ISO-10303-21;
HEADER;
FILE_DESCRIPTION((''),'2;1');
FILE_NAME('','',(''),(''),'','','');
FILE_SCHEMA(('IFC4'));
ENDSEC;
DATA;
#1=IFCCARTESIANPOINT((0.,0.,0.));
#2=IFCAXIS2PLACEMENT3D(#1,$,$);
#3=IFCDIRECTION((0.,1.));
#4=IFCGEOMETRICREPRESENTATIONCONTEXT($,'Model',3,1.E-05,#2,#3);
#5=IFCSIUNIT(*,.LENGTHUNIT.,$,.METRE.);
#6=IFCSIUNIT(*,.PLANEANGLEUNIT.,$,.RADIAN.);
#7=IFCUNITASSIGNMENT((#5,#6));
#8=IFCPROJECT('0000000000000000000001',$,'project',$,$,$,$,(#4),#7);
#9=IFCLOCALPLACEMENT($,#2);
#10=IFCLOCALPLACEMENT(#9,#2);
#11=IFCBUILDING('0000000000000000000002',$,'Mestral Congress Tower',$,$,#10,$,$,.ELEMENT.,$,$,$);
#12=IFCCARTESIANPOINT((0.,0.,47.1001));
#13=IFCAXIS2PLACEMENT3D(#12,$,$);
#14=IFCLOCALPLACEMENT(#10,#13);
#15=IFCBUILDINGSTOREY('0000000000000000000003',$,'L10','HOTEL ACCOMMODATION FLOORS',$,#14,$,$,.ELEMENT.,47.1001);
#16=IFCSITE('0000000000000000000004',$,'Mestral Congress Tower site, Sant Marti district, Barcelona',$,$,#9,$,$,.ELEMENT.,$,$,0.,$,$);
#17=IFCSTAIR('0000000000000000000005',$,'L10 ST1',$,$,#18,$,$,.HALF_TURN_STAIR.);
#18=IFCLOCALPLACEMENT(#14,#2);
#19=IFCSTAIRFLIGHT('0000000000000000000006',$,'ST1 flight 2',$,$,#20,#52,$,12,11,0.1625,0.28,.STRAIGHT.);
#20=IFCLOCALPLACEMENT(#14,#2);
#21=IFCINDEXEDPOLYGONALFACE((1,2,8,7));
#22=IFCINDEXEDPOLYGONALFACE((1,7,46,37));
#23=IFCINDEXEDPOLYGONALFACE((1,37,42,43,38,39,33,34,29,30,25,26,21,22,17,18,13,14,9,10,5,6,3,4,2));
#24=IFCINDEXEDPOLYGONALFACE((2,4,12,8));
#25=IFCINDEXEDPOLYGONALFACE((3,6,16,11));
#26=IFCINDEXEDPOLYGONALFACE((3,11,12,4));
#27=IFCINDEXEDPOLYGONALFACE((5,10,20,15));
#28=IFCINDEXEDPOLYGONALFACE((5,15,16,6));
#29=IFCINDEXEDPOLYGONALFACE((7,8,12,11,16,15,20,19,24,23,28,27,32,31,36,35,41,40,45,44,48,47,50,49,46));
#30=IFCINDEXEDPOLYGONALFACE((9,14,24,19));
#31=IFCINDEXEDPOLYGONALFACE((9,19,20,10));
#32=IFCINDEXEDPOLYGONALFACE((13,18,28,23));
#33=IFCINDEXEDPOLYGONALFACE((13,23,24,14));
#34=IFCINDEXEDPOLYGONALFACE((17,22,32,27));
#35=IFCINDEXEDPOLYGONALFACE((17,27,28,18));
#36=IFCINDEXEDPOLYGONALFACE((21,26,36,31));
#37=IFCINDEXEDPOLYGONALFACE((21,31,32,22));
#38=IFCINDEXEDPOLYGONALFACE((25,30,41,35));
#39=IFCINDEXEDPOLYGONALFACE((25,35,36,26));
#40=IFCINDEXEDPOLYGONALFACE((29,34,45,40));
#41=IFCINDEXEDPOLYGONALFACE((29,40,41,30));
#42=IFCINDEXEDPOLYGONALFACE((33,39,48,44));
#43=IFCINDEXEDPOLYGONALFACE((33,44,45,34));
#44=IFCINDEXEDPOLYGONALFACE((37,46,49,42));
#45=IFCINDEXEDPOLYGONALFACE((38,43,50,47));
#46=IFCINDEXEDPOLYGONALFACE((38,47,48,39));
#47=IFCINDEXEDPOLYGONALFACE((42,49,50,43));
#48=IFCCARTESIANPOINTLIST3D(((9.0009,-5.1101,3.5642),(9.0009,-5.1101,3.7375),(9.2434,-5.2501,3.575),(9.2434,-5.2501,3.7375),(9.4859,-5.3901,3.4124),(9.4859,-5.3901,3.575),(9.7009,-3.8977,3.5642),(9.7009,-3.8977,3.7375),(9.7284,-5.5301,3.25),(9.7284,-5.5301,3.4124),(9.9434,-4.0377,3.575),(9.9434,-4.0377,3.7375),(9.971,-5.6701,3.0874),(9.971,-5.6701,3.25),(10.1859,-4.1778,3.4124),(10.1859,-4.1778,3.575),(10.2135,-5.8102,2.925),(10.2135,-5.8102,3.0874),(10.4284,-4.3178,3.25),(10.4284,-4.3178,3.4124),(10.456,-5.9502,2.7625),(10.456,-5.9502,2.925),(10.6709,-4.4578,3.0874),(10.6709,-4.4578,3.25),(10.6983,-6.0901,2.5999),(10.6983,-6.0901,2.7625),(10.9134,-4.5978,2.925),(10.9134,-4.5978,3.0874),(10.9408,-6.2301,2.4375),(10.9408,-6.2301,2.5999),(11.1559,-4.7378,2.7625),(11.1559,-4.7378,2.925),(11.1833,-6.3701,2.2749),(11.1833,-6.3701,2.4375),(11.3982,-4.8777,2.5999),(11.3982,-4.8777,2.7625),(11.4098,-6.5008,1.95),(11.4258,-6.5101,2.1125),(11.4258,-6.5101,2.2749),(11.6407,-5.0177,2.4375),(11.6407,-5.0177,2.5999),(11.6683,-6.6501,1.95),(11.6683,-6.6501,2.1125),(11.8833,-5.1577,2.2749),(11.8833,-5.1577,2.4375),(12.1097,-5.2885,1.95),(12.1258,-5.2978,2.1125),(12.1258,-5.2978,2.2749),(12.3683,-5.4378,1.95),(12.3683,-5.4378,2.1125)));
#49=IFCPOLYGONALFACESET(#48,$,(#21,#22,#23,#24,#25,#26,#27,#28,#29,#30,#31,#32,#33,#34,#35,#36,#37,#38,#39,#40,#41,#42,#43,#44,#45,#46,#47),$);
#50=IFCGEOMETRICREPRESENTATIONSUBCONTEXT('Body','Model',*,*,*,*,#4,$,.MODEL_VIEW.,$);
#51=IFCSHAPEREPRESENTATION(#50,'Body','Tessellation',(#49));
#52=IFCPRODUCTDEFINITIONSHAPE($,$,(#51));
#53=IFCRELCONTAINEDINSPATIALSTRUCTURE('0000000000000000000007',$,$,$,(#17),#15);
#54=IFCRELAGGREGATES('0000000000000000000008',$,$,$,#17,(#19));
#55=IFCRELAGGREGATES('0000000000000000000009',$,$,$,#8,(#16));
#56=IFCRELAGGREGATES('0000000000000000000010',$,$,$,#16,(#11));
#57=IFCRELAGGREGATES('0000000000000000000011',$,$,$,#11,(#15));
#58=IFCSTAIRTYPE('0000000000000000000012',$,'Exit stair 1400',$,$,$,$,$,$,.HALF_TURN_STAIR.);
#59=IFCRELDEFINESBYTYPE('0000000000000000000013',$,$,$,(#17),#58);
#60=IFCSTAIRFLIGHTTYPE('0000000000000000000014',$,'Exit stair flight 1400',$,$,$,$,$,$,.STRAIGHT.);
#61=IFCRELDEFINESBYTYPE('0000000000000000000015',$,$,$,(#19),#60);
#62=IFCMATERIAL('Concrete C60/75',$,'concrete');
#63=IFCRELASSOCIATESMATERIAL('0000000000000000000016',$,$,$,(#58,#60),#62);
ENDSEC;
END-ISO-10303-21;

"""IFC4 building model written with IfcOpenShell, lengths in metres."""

from ifc_helpers import new_model, si_unit, direction, frame, origin, place, context, subcontext, project, spatial, polyline, outline, extrude, material, type_object, element, aggregate, save


model = new_model("IFC4")

# Units and contexts
model_context = context("Model", 3, precision=1e-05, world=origin(), true_north=direction((0.0, 1.0)))
body_context = subcontext(model_context, "Body", "Model", "MODEL_VIEW")
ifc_project = project(units=[si_unit("LENGTHUNIT", "METRE"), si_unit("PLANEANGLEUNIT", "RADIAN")], contexts=[model_context])

# Site, building, storey
site_placement = place(None, origin())
site = spatial("IfcSite", under=ifc_project, at=site_placement, Name="Mestral Congress Tower site, Sant Marti district, Barcelona", CompositionType="ELEMENT", RefElevation=0.0)
building_placement = place(site_placement, origin())
building = spatial("IfcBuilding", under=site, at=building_placement, Name="Mestral Congress Tower", CompositionType="ELEMENT")
storey_placement = place(building_placement, frame((0.0, 0.0, 47.1001)))
storey = spatial("IfcBuildingStorey", under=building, at=storey_placement, Name="L10", Description="HOTEL ACCOMMODATION FLOORS", CompositionType="ELEMENT", Elevation=47.1001)

# Shared definitions
ifc_material_1 = material(Name="Concrete C60/75", Category="concrete")

# Stair, stair flight
stair_type = type_object("IfcStairType", Name="Exit stair 1400", PredefinedType="HALF_TURN_STAIR", material=ifc_material_1)
stair_placement = place(storey_placement, origin())
stair = element("IfcStair", 1, at=stair_placement, inside=storey, type_object=stair_type, Name="L10 ST1", PredefinedType="HALF_TURN_STAIR")
stair_flight_type = type_object("IfcStairFlightType", Name="Exit stair flight 1400", PredefinedType="STRAIGHT", material=ifc_material_1)
stair_flight_1_placement = place(storey_placement, frame((12.0183, -6.0439, 1.95), z_axis=(0.0, 0.0, 1.0), x_axis=(-0.866025, 0.5, 0.0)))
stair_flight_1 = element("IfcStairFlight", 2, at=stair_flight_1_placement, type_object=stair_flight_type, Name="ST1 flight 2", NumberOfRisers=12, NumberOfTreads=11, PredefinedType="STRAIGHT", RiserHeight=0.1625, TreadLength=0.28, context=body_context, shape_type="SweptSolid", body=[
    extrude(outline(polyline([(0.0, 0.0), (0.0, 0.1626), (0.28, 0.1626), (0.28, 0.325), (0.5601, 0.325), (0.5601, 0.4875), (0.8401, 0.4875), (0.8401, 0.6499), (1.1201, 0.6499), (1.1201, 0.8125), (1.3999, 0.8125), (1.3999, 0.9751), (1.6799, 0.9751), (1.6799, 1.1375), (1.96, 1.1375), (1.96, 1.3), (2.24, 1.3), (2.24, 1.4624), (2.52, 1.4624), (2.52, 1.625), (2.8, 1.625), (2.8, 1.7876), (3.0801, 1.7876), (3.0801, 1.95), (3.0801, 1.6143), (0.2986, 0.0), (0.0, 0.0)])), frame((0.0, 0.7, 0.0), z_axis=(0.0, -1.0, 0.0), x_axis=(1.0, 0.0, 0.0)), (0.0, 0.0, 1.0), 1.3999),
])
aggregate(stair, [stair_flight_1])

save(model, "model.ifc")
